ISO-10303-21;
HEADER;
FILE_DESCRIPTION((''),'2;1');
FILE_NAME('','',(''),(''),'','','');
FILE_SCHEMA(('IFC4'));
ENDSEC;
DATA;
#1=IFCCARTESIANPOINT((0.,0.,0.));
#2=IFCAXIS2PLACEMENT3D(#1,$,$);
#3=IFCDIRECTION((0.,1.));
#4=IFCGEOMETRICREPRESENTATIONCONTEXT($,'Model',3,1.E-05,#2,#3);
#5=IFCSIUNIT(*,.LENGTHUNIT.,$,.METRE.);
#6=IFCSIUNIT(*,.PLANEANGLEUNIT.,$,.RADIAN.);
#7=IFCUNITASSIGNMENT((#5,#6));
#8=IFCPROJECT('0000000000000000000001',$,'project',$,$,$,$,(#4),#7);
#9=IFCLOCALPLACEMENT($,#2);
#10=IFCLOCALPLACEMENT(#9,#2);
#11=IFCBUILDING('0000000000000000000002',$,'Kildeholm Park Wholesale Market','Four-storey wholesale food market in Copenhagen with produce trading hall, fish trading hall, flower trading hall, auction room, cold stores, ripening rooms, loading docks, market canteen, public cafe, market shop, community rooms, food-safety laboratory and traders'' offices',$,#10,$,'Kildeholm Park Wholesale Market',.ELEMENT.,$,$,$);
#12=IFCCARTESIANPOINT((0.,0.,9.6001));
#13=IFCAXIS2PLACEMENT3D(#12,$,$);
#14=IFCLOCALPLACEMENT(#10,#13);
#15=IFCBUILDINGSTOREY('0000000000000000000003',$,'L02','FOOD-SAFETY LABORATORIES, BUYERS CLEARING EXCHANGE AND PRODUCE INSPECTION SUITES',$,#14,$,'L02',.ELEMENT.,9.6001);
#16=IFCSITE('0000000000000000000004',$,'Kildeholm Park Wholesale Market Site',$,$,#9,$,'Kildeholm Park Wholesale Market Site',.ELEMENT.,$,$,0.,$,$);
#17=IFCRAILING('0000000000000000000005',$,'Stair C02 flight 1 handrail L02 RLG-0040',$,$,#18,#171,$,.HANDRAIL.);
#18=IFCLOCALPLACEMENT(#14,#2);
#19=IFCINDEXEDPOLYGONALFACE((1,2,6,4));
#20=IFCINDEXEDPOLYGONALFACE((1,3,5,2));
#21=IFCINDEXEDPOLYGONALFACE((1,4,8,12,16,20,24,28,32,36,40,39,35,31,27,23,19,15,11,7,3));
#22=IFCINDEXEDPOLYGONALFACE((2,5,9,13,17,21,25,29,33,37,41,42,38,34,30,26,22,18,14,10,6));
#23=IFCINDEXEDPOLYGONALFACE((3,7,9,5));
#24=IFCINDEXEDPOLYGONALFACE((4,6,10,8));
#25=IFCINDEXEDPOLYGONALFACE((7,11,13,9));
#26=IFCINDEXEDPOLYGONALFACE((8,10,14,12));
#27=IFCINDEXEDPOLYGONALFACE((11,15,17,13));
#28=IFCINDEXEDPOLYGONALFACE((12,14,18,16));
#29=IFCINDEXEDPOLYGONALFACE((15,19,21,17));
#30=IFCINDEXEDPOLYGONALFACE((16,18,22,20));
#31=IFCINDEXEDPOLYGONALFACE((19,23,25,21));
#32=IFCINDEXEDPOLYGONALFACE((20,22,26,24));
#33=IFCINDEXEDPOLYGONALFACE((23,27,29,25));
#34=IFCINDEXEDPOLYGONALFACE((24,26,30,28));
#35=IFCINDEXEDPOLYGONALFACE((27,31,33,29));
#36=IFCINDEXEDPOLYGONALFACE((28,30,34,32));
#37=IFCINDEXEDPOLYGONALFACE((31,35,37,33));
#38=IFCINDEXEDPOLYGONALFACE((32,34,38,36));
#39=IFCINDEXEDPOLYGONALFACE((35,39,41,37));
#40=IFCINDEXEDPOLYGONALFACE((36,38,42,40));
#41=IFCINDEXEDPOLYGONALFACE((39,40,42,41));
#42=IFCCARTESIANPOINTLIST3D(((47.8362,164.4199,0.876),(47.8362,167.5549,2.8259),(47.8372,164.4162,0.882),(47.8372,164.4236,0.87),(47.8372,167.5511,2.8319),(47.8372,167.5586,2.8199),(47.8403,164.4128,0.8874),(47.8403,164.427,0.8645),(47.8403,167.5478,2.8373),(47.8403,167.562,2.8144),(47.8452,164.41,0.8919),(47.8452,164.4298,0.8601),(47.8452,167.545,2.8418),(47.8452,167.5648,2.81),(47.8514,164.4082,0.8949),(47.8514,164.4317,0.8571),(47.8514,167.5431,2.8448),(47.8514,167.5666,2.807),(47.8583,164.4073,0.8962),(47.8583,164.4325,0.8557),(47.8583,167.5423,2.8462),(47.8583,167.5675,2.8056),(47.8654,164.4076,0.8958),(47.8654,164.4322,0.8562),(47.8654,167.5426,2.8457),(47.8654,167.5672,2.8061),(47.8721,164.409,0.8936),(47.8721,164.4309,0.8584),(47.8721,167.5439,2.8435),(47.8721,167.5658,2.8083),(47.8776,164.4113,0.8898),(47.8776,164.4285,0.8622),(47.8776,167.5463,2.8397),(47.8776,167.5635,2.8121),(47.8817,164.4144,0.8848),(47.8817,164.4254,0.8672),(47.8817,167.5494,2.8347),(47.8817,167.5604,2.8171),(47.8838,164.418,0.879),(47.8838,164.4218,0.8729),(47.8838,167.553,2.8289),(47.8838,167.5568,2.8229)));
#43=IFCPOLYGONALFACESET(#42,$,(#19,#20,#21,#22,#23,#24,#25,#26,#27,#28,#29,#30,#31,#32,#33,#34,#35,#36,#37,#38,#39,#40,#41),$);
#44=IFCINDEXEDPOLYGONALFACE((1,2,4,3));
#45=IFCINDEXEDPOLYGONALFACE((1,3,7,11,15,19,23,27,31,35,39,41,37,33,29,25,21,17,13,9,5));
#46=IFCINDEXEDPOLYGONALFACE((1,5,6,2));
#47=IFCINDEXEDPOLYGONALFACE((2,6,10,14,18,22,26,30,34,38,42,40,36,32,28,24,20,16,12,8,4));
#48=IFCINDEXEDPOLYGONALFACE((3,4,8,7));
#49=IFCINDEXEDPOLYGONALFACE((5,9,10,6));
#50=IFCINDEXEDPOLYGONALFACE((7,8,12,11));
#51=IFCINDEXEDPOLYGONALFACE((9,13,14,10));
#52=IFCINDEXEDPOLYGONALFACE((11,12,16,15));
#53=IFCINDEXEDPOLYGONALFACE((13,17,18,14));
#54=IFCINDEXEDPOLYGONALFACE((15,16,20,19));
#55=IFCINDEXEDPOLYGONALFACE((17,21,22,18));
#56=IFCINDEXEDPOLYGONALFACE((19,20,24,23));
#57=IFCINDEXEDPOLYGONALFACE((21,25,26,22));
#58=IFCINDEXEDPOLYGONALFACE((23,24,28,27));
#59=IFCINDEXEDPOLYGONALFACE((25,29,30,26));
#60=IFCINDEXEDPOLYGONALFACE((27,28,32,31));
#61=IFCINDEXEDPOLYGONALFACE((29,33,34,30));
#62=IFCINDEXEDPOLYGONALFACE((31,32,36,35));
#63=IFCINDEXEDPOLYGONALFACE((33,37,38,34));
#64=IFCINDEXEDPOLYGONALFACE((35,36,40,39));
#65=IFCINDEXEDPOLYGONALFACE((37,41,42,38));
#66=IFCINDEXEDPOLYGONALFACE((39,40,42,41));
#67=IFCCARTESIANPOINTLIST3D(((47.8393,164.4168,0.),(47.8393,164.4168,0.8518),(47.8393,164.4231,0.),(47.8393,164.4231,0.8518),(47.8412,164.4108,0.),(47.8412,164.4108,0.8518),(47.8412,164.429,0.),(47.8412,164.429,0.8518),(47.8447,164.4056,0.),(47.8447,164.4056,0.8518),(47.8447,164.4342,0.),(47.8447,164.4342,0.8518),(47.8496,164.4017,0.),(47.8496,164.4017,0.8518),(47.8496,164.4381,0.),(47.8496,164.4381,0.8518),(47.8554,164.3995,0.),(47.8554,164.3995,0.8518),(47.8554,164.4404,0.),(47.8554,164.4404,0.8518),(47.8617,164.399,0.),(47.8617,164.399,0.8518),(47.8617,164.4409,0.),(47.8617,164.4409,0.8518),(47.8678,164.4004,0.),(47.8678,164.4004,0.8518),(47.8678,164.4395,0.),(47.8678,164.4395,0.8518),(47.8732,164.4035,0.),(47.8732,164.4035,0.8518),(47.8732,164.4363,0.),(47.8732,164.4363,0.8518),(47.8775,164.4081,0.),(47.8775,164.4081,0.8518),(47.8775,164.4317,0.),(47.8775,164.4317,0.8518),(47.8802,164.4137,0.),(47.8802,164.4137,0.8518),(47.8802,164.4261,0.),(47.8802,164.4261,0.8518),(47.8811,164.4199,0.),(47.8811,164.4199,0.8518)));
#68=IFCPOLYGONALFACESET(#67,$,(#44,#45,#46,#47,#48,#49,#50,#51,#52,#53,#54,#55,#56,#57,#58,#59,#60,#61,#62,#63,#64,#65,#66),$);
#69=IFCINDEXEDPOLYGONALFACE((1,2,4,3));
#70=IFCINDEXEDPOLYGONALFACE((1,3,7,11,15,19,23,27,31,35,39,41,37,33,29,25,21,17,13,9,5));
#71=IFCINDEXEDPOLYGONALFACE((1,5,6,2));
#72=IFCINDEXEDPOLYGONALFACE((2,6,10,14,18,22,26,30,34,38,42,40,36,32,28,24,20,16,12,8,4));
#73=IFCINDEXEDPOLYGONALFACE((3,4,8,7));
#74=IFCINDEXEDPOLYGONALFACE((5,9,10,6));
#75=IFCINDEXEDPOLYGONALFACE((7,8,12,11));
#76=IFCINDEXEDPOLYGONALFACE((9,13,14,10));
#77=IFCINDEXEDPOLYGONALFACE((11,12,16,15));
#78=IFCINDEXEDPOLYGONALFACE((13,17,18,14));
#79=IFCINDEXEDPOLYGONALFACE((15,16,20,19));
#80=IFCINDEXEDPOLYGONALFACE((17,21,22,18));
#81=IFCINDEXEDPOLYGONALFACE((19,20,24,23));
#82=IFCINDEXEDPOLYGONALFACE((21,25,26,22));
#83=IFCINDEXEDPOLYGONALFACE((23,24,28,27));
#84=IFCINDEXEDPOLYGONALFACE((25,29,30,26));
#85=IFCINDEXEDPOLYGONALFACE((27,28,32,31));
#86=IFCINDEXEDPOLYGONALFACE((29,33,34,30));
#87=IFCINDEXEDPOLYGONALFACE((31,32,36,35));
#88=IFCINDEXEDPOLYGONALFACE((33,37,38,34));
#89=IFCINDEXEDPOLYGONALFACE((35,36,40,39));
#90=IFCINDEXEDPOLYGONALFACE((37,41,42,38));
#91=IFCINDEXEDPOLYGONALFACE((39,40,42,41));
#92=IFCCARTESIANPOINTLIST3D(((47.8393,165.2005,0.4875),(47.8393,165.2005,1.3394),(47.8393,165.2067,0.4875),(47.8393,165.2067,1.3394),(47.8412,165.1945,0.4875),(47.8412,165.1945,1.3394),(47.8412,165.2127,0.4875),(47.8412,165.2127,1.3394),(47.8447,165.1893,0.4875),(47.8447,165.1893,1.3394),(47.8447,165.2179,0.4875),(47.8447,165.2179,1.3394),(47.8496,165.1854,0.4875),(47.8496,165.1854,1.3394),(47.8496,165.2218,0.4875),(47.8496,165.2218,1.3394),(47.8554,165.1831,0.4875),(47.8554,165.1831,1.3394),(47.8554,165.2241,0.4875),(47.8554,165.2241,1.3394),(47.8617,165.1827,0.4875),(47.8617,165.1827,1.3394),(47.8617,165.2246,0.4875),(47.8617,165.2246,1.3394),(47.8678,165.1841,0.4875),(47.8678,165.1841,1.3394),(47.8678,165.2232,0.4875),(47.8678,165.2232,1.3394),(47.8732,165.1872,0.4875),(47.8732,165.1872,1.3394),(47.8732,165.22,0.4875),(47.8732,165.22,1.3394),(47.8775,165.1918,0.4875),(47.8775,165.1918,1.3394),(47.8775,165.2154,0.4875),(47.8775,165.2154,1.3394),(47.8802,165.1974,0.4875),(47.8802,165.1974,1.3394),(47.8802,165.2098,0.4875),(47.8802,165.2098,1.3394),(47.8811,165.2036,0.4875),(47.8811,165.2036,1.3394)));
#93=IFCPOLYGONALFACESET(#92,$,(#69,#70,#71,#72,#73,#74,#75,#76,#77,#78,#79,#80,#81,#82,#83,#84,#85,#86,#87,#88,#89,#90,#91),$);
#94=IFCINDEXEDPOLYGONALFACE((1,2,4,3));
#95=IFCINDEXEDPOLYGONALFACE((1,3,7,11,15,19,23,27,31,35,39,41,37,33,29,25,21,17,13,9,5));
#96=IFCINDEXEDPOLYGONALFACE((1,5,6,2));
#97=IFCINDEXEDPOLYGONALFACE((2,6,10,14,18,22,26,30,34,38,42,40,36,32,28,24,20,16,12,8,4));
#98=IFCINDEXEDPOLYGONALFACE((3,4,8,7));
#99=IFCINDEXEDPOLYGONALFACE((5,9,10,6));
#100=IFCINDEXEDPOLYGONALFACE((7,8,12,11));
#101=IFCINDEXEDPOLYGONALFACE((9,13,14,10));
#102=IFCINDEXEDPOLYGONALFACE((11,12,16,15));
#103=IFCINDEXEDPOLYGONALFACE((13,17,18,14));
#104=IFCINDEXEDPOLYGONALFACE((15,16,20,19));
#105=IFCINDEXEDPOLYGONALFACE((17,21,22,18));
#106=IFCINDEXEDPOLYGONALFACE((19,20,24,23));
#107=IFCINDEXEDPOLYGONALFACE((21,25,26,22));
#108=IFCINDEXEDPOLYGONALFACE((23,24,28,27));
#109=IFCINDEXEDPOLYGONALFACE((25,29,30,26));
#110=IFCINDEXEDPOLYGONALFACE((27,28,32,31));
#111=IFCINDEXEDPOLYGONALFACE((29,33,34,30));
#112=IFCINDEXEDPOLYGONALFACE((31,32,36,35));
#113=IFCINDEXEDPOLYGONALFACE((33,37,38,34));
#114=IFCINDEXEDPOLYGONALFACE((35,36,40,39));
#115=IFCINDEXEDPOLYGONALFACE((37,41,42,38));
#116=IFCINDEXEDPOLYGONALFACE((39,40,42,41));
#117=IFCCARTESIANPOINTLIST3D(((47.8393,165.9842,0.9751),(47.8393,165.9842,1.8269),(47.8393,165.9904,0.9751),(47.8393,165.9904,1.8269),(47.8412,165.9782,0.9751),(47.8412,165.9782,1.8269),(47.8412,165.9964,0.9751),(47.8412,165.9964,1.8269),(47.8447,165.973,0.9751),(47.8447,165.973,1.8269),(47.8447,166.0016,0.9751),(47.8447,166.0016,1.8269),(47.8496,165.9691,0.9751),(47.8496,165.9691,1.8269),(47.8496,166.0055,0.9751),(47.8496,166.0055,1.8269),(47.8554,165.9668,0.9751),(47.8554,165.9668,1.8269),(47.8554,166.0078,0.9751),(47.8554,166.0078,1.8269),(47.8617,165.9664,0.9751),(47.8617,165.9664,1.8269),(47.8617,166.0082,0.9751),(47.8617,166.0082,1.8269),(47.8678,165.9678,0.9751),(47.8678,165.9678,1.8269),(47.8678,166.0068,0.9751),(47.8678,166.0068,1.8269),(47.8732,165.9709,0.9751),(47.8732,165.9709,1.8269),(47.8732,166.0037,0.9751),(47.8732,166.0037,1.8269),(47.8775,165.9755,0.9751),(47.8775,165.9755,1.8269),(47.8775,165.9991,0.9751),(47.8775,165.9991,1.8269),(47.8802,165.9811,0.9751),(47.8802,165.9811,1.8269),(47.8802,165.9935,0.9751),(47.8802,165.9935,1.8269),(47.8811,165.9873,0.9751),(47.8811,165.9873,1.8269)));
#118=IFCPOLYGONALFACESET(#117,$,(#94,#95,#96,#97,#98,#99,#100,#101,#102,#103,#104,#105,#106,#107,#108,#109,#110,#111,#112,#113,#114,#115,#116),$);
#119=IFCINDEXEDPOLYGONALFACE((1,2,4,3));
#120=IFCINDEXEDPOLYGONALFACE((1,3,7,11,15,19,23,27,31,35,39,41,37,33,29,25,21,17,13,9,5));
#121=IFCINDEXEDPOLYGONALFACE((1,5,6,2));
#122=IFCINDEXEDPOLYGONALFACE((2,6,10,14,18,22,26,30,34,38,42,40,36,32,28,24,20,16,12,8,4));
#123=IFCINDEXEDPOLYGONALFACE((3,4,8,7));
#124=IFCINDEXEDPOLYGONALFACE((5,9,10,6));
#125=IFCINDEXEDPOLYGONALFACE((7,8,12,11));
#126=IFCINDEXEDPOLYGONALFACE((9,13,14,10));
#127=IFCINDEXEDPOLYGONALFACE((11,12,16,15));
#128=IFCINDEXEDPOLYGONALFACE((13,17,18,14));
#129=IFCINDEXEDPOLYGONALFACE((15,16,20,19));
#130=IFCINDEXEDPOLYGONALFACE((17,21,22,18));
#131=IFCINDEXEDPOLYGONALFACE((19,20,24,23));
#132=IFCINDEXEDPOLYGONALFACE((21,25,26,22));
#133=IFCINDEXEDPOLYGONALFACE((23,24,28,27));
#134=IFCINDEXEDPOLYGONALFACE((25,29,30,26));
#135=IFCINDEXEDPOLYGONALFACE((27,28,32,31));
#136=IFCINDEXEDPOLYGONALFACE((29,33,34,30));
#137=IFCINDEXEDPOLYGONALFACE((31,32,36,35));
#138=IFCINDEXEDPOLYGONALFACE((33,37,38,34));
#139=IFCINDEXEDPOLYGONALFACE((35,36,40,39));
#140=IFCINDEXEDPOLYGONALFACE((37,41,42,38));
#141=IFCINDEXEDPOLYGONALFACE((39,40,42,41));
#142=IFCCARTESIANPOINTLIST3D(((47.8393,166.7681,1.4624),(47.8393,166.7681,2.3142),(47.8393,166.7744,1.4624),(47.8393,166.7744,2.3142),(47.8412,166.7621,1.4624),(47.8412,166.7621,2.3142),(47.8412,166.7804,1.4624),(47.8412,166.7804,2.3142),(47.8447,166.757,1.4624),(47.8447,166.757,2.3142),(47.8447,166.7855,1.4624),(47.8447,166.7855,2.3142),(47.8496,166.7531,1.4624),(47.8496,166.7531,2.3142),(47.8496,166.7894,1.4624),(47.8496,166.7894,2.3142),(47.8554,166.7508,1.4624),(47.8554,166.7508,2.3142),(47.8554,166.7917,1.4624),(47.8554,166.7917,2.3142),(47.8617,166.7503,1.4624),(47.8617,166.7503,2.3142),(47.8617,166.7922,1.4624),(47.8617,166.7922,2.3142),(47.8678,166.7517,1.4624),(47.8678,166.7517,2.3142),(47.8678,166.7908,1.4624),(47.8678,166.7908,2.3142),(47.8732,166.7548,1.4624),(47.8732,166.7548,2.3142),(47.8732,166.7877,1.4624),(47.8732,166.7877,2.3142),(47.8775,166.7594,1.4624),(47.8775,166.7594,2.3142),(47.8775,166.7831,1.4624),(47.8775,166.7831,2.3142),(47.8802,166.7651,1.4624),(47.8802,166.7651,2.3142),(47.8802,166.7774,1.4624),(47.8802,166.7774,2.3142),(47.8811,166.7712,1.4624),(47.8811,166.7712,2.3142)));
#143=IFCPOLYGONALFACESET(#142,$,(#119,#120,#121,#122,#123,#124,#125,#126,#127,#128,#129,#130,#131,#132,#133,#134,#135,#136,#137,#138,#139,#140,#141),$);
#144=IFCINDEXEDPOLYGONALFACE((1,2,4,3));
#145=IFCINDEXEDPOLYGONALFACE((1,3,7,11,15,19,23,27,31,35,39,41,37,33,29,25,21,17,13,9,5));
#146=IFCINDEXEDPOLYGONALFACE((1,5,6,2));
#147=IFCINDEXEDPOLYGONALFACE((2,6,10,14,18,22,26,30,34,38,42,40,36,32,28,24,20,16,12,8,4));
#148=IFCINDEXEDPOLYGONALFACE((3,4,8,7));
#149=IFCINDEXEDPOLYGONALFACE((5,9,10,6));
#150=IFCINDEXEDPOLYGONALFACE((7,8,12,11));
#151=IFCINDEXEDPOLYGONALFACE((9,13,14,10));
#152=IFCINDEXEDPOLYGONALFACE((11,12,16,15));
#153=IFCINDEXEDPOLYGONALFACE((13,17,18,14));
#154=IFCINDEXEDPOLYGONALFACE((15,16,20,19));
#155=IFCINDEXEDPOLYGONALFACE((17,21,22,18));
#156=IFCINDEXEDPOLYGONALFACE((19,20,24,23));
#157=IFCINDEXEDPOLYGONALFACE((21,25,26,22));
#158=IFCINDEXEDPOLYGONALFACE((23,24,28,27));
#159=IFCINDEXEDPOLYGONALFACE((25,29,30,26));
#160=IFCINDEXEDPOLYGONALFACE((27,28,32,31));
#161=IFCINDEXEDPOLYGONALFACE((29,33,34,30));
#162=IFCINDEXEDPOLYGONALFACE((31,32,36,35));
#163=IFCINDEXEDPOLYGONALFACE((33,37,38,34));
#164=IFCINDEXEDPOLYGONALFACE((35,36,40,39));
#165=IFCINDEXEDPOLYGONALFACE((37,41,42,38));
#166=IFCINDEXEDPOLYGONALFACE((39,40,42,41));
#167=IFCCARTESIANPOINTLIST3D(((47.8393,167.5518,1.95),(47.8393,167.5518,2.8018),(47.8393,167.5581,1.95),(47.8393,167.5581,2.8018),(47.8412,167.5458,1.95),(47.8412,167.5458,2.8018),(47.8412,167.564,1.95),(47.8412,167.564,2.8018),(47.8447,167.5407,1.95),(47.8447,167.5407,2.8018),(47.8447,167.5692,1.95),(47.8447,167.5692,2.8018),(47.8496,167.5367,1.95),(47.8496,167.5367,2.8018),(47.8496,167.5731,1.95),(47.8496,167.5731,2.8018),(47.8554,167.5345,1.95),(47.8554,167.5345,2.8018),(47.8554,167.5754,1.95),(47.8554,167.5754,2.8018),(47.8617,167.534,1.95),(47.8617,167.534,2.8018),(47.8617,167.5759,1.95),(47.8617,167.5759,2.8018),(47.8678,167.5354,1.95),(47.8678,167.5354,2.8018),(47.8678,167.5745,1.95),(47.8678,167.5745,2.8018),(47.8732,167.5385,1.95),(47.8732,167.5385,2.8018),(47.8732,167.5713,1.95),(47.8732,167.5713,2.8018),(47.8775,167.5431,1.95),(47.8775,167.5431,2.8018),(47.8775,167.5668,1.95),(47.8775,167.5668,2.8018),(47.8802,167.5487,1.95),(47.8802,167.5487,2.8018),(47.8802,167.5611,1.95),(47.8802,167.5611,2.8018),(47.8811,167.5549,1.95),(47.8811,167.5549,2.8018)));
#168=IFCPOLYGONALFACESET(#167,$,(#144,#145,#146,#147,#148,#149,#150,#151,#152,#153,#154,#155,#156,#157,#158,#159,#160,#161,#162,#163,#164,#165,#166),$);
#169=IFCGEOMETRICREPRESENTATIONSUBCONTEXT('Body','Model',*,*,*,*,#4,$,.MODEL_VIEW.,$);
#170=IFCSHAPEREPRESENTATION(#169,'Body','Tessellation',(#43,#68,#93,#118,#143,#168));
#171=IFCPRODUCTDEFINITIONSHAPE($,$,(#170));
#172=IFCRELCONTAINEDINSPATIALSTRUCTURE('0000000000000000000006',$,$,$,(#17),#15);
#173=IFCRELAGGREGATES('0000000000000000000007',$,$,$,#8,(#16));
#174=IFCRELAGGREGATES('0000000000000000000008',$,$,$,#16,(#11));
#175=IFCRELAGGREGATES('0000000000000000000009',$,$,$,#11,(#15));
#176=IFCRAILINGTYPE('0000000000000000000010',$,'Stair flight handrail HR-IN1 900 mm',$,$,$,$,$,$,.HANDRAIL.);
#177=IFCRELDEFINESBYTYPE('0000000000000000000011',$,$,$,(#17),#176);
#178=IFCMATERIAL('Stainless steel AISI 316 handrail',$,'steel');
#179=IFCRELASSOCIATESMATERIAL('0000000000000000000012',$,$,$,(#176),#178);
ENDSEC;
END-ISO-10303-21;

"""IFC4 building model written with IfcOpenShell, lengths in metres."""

from ifc_helpers import new_model, si_unit, direction, frame, origin, origin_2d, place, context, subcontext, project, spatial, circle, extrude, material, type_object, element, save


model = new_model("IFC4")

# Units and contexts
model_context = context("Model", 3, precision=1e-05, world=origin(), true_north=direction((0.0, 1.0)))
body_context = subcontext(model_context, "Body", "Model", "MODEL_VIEW")
ifc_project = project(units=[si_unit("LENGTHUNIT", "METRE"), si_unit("PLANEANGLEUNIT", "RADIAN")], contexts=[model_context])

# Site, building, storey
site_placement = place(None, origin())
site = spatial("IfcSite", under=ifc_project, at=site_placement, Name="Kildeholm Park Wholesale Market Site", LongName="Kildeholm Park Wholesale Market Site", CompositionType="ELEMENT", RefElevation=0.0)
building_placement = place(site_placement, origin())
building = spatial("IfcBuilding", under=site, at=building_placement, Name="Kildeholm Park Wholesale Market", Description="Four-storey wholesale food market in Copenhagen with produce trading hall, fish trading hall, flower trading hall, auction room, cold stores, ripening rooms, loading docks, market canteen, public cafe, market shop, community rooms, food-safety laboratory and traders' offices", LongName="Kildeholm Park Wholesale Market", CompositionType="ELEMENT")
storey_placement = place(building_placement, frame((0.0, 0.0, 9.6001)))
storey = spatial("IfcBuildingStorey", under=building, at=storey_placement, Name="L02", Description="FOOD-SAFETY LABORATORIES, BUYERS CLEARING EXCHANGE AND PRODUCE INSPECTION SUITES", LongName="L02", CompositionType="ELEMENT", Elevation=9.6001)

# Railing
ifc_material_1 = material(Name="Stainless steel AISI 316 handrail", Category="steel")
railing_type_1 = type_object("IfcRailingType", Name="Stair flight handrail HR-IN1 900 mm", PredefinedType="HANDRAIL", material=ifc_material_1)
railing_1_placement = place(storey_placement, frame((47.8601, 164.4199, 0.0)))
element("IfcRailing", 1, at=railing_1_placement, inside=storey, type_object=railing_type_1, Name="Stair C02 flight 1 handrail L02 RLG-0040", PredefinedType="HANDRAIL", context=body_context, shape_type="SweptSolid", body=[
    extrude(circle(Radius=0.0239, at=origin_2d()), frame((0.0, 0.0, 0.876), z_axis=(0.0, 0.849144, 0.528161), x_axis=(-1.0, 0.0, 0.0)), (0.0, 0.0, 1.0), 3.6919),
    extrude(circle(Radius=0.021, at=origin_2d()), origin(), (0.0, 0.0, 1.0), 0.8518),
    extrude(circle(Radius=0.021, at=origin_2d()), frame((0.0, 0.7837, 0.4875)), (0.0, 0.0, 1.0), 0.8518),
    extrude(circle(Radius=0.021, at=origin_2d()), frame((0.0, 1.5674, 0.9751)), (0.0, 0.0, 1.0), 0.8518),
    extrude(circle(Radius=0.021, at=origin_2d()), frame((0.0, 2.3513, 1.4624)), (0.0, 0.0, 1.0), 0.8518),
    extrude(circle(Radius=0.021, at=origin_2d()), frame((0.0, 3.135, 1.95)), (0.0, 0.0, 1.0), 0.8518),
])

save(model, "model.ifc")
